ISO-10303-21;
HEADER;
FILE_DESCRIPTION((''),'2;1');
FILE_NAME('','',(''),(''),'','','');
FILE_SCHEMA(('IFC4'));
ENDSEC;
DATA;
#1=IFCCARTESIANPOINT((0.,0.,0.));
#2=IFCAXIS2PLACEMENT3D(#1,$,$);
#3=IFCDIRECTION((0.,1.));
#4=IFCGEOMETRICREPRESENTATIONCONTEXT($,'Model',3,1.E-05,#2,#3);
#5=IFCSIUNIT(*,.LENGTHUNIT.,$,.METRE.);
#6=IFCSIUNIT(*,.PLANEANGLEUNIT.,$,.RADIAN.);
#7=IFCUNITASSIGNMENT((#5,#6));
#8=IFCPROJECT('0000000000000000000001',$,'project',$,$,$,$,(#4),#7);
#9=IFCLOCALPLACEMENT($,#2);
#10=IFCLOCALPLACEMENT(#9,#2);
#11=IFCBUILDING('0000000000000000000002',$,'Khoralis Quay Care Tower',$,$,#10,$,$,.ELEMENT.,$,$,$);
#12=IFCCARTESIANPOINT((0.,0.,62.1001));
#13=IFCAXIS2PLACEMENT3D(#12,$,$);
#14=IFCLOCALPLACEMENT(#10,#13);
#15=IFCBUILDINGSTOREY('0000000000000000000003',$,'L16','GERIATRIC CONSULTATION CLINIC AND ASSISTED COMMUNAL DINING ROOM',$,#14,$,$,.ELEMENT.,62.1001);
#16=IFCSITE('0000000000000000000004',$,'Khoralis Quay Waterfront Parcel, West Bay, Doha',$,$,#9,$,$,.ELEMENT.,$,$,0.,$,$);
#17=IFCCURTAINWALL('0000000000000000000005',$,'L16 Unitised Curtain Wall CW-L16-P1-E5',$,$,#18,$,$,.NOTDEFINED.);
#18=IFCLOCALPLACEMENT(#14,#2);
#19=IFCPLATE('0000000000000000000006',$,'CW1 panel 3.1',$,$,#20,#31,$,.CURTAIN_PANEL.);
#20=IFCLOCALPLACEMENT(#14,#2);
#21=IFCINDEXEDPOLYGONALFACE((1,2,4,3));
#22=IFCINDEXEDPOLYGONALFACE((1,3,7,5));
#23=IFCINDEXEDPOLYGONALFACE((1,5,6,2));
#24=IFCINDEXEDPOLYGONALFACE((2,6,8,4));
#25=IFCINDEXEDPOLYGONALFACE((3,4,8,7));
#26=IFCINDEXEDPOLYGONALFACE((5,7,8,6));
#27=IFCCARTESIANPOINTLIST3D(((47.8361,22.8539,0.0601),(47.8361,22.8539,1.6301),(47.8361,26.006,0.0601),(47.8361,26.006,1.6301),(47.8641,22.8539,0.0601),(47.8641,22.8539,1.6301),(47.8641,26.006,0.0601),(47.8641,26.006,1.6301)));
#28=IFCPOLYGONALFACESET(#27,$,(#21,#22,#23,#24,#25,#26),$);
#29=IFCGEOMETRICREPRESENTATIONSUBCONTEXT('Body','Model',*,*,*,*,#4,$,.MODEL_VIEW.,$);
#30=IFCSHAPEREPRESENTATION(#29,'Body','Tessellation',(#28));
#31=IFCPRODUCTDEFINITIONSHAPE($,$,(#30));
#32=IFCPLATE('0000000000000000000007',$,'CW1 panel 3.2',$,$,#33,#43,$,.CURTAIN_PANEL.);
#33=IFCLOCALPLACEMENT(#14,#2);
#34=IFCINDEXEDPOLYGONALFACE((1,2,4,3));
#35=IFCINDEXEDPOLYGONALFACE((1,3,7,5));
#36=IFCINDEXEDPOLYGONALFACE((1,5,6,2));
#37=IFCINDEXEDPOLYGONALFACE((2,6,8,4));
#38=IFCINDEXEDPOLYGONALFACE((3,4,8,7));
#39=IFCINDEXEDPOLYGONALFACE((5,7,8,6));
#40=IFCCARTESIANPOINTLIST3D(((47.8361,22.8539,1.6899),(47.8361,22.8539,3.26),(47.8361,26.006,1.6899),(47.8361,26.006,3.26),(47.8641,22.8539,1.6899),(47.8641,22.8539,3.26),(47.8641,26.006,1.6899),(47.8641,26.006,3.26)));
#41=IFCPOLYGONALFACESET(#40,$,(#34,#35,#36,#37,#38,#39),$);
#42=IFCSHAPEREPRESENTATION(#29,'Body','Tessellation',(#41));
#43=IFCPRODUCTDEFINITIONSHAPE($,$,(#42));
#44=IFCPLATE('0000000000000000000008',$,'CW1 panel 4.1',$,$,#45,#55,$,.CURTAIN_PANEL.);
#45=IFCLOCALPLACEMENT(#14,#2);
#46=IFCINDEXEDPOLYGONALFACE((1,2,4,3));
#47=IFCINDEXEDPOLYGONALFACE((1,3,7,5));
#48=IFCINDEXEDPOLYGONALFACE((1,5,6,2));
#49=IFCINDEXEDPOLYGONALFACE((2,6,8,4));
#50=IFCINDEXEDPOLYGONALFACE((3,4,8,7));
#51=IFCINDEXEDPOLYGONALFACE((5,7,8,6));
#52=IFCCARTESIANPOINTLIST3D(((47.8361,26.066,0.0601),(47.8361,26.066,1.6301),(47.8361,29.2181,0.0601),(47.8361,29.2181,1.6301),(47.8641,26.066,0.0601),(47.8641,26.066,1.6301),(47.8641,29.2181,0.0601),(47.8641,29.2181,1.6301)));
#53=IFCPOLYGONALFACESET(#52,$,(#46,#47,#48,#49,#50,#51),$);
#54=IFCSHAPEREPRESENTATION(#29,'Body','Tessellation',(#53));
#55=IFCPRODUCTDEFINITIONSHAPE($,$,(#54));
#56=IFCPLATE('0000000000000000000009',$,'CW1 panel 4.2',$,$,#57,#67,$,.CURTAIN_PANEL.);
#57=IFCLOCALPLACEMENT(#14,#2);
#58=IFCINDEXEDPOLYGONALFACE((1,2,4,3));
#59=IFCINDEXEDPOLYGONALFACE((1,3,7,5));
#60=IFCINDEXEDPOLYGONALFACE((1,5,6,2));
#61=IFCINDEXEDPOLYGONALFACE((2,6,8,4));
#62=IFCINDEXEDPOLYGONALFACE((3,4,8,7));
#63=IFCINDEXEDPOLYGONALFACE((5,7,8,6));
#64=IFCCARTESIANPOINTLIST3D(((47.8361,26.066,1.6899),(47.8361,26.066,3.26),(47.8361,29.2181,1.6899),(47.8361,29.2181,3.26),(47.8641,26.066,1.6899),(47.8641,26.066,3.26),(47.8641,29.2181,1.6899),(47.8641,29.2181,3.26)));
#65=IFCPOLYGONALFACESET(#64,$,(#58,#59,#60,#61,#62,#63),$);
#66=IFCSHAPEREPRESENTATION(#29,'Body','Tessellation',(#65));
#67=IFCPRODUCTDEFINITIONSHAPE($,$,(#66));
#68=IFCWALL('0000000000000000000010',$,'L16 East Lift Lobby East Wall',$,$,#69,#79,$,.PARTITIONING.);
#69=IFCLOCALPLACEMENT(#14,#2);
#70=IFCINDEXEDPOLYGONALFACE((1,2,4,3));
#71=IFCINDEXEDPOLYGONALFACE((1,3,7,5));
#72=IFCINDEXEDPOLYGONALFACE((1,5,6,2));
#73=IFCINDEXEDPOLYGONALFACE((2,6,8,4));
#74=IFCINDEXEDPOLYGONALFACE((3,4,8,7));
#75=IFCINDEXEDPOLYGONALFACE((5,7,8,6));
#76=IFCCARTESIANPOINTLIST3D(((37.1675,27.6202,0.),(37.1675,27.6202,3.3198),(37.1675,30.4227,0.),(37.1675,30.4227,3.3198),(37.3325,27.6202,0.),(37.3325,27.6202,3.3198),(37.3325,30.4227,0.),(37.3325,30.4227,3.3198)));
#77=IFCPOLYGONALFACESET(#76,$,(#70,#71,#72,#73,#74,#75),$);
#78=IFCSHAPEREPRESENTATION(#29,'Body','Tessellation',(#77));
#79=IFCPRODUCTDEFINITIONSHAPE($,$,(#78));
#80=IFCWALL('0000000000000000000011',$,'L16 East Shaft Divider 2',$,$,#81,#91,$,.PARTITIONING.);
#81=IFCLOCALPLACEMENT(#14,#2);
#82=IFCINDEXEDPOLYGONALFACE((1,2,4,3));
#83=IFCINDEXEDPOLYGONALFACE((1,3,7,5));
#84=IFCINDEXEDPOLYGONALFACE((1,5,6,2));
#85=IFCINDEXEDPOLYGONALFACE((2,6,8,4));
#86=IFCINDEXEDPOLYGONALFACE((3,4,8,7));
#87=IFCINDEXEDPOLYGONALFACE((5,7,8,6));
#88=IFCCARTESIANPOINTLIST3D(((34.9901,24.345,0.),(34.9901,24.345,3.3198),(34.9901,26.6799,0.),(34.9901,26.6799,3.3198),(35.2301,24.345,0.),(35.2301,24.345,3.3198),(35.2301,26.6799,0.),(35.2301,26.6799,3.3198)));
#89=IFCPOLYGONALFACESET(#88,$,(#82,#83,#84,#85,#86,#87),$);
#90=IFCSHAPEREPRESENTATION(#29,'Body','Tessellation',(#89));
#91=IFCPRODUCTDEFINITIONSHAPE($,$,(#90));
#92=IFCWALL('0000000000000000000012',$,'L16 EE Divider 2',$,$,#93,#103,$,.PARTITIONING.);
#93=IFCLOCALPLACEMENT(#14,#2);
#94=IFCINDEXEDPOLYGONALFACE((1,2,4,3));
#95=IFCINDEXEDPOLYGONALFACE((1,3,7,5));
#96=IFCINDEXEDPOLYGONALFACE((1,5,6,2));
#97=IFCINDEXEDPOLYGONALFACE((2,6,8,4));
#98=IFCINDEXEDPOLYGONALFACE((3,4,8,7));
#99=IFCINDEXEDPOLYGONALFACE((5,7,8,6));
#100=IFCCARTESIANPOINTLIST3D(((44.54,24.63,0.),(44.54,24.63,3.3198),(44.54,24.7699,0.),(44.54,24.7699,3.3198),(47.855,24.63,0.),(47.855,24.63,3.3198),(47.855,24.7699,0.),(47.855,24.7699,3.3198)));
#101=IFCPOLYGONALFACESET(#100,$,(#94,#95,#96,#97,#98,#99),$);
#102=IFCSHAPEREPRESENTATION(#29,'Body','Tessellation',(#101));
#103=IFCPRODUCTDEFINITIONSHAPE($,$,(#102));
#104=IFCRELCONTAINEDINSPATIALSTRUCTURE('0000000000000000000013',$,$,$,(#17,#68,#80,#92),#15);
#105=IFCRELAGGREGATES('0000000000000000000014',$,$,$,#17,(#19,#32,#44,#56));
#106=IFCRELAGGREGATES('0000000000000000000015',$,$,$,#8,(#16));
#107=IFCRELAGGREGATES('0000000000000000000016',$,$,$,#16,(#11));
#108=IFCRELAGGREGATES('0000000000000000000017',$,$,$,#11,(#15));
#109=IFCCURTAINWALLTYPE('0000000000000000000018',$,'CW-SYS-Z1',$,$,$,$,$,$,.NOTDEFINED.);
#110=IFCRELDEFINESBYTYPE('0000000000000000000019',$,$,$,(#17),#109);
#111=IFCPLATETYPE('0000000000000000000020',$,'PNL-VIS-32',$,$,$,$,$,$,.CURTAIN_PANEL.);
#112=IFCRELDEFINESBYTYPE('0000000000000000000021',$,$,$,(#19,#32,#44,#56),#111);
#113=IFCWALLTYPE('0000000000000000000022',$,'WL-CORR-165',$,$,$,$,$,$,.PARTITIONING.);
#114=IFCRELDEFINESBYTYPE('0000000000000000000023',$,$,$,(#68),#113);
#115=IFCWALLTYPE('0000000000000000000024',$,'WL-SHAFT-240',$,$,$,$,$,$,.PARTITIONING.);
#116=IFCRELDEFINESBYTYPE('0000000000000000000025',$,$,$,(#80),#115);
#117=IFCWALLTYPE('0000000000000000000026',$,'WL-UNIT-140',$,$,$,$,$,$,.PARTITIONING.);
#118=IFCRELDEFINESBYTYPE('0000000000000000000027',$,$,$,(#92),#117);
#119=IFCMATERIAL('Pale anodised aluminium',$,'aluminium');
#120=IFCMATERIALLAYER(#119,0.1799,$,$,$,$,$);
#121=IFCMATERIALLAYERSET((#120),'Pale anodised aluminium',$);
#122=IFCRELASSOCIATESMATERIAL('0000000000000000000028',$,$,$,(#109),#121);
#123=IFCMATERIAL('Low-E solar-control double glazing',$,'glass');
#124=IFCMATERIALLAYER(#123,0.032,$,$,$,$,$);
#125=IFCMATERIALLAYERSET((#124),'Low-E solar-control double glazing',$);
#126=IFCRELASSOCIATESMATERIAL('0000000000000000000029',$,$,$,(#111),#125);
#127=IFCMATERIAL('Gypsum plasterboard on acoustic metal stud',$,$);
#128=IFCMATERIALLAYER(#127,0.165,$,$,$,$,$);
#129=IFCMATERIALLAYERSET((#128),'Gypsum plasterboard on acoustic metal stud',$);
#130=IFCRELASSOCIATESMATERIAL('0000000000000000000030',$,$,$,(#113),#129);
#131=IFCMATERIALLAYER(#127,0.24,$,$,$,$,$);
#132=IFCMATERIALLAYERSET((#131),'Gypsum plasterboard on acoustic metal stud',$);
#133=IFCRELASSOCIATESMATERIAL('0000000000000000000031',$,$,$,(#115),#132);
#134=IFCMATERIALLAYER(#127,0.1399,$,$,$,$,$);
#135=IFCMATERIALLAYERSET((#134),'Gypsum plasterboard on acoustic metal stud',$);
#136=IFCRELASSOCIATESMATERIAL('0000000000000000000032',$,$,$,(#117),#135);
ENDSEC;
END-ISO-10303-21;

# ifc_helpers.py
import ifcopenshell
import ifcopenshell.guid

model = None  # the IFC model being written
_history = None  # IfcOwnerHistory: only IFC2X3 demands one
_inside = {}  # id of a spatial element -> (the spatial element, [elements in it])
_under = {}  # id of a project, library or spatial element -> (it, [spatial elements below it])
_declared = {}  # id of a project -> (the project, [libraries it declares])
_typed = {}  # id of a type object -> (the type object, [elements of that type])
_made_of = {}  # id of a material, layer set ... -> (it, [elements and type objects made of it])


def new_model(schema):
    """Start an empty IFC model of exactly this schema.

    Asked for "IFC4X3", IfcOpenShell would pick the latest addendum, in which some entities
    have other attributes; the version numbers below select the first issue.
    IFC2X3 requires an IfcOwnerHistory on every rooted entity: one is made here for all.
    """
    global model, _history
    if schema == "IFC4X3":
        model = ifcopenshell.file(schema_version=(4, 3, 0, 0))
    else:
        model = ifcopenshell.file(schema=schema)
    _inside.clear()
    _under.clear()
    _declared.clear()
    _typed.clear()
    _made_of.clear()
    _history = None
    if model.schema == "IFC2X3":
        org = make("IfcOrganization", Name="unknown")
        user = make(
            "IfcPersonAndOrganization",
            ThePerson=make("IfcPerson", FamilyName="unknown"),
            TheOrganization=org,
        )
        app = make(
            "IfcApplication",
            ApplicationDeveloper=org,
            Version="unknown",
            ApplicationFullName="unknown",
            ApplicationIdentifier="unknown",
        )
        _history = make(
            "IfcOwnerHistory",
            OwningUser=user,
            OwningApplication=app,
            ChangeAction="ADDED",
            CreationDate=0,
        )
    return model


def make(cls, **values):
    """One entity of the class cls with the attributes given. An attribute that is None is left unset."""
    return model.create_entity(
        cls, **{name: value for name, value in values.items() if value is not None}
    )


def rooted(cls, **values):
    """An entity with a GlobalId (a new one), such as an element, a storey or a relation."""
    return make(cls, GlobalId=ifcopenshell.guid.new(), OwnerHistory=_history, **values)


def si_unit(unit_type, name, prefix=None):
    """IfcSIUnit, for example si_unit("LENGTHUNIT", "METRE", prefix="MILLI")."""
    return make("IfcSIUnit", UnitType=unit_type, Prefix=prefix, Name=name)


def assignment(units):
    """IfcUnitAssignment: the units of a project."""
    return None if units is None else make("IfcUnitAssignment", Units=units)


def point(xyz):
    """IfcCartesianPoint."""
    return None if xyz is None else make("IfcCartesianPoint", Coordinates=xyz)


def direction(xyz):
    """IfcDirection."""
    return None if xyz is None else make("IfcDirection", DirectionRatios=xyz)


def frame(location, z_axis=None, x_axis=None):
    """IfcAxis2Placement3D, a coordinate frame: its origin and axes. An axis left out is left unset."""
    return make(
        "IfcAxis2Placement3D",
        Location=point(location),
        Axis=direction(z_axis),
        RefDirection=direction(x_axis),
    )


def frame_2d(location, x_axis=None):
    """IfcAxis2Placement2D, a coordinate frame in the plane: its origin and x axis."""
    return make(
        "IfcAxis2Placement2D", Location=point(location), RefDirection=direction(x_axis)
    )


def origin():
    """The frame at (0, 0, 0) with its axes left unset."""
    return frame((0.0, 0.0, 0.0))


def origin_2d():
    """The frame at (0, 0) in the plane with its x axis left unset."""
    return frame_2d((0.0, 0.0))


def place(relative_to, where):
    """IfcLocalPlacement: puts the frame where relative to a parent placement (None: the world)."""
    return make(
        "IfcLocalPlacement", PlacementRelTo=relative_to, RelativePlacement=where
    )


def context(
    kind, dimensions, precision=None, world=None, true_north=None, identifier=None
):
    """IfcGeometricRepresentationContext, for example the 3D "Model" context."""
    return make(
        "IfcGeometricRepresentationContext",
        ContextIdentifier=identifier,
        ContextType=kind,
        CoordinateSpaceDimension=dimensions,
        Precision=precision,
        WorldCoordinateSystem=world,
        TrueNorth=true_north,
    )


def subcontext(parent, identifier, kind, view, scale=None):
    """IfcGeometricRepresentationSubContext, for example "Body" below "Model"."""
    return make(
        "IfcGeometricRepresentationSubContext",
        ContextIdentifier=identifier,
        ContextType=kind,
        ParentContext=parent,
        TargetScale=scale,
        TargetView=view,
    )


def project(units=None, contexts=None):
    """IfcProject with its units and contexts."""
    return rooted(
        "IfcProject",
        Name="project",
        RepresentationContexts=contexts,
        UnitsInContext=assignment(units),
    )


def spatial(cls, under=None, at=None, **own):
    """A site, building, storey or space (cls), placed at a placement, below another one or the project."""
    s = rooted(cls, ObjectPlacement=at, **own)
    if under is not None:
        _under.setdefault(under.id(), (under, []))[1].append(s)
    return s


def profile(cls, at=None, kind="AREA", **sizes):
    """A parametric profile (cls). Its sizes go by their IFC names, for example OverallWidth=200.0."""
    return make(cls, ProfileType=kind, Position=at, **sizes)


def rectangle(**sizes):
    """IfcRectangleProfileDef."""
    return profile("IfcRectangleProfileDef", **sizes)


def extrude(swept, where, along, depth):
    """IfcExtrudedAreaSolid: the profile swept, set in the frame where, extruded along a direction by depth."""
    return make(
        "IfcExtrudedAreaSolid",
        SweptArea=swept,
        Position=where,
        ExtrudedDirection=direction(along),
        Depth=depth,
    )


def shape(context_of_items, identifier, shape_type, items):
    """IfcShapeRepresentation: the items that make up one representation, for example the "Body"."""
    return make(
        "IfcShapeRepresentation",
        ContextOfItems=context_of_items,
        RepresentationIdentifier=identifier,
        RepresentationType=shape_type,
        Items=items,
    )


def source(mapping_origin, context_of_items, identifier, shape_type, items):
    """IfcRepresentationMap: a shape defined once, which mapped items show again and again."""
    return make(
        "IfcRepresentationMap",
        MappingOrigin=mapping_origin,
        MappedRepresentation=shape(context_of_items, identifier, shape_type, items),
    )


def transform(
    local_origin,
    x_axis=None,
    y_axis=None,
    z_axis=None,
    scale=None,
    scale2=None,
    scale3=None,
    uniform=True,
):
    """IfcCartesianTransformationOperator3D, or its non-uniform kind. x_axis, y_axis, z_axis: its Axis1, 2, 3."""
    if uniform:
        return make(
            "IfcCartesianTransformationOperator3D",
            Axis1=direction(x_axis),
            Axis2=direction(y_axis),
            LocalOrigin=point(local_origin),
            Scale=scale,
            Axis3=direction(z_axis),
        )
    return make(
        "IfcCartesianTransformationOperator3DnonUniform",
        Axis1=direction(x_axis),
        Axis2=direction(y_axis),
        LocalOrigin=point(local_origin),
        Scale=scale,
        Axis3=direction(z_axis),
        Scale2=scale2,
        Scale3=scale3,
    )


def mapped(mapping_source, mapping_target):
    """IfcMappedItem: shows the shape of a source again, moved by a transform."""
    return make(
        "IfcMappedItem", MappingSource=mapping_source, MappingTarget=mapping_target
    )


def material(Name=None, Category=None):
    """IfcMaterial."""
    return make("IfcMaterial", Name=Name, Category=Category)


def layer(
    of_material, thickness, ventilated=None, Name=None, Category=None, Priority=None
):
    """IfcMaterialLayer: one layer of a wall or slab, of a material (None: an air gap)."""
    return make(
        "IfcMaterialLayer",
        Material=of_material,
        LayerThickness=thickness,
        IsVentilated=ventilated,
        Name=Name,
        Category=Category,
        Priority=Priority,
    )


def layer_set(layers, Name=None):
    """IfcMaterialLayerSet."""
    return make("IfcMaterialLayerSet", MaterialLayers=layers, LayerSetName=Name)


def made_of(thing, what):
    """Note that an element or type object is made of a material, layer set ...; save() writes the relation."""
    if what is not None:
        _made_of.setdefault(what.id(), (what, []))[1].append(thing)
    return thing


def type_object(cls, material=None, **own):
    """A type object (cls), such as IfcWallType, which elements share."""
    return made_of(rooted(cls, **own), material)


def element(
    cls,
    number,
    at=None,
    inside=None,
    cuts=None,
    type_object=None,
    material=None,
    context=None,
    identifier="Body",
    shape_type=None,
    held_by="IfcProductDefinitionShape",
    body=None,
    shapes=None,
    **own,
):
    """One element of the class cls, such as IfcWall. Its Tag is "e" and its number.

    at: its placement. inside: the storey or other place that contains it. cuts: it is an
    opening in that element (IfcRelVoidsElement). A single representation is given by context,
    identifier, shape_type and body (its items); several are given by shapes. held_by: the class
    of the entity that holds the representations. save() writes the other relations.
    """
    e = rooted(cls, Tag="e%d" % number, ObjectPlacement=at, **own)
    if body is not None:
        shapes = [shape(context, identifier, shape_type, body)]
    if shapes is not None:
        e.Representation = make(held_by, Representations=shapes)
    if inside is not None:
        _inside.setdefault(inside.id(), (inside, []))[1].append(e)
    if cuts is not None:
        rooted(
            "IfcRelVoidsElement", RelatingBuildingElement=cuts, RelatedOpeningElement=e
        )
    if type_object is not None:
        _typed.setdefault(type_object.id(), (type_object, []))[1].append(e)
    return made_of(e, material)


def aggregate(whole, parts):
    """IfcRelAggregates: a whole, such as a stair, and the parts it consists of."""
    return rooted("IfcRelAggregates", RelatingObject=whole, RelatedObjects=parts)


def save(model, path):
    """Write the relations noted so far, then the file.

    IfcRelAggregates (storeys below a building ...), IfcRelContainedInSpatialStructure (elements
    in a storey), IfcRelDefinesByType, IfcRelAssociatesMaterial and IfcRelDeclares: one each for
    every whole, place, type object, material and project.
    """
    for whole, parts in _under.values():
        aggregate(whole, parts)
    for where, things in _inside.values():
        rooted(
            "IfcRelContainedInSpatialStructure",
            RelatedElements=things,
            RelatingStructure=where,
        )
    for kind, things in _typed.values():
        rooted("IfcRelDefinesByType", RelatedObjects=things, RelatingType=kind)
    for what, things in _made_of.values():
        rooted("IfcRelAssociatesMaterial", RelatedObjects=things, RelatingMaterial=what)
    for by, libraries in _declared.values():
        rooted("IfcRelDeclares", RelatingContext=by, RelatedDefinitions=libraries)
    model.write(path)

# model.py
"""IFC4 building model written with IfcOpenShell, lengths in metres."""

from ifc_helpers import new_model, si_unit, direction, frame, frame_2d, origin, origin_2d, place, context, subcontext, project, spatial, rectangle, extrude, source, transform, mapped, material, layer, layer_set, type_object, element, aggregate, save


model = new_model("IFC4")

# Units and contexts
model_context = context("Model", 3, precision=1e-05, world=origin(), true_north=direction((0.0, 1.0)))
body_context = subcontext(model_context, "Body", "Model", "MODEL_VIEW")
ifc_project = project(units=[si_unit("LENGTHUNIT", "METRE"), si_unit("PLANEANGLEUNIT", "RADIAN")], contexts=[model_context])

# Site, building, storey
site_placement = place(None, origin())
site = spatial("IfcSite", under=ifc_project, at=site_placement, Name="Khoralis Quay Waterfront Parcel, West Bay, Doha", CompositionType="ELEMENT", RefElevation=0.0)
building_placement = place(site_placement, origin())
building = spatial("IfcBuilding", under=site, at=building_placement, Name="Khoralis Quay Care Tower", CompositionType="ELEMENT")
storey_placement = place(building_placement, frame((0.0, 0.0, 62.1001)))
storey = spatial("IfcBuildingStorey", under=building, at=storey_placement, Name="L16", Description="GERIATRIC CONSULTATION CLINIC AND ASSISTED COMMUNAL DINING ROOM", CompositionType="ELEMENT", Elevation=62.1001)

# Curtain wall, plates
ifc_material_1 = material(Name="Pale anodised aluminium", Category="aluminium")
ifc_layer_1 = layer(ifc_material_1, 0.1799)
ifc_layer_set_1 = layer_set([ifc_layer_1], Name="Pale anodised aluminium")
curtain_wall_type = type_object("IfcCurtainWallType", Name="CW-SYS-Z1", PredefinedType="NOTDEFINED", material=ifc_layer_set_1)
curtain_wall_placement = place(storey_placement, origin())
curtain_wall = element("IfcCurtainWall", 1, at=curtain_wall_placement, inside=storey, type_object=curtain_wall_type, Name="L16 Unitised Curtain Wall CW-L16-P1-E5", PredefinedType="NOTDEFINED")
ifc_material_2 = material(Name="Low-E solar-control double glazing", Category="glass")
ifc_layer_2 = layer(ifc_material_2, 0.032)
ifc_layer_set_2 = layer_set([ifc_layer_2], Name="Low-E solar-control double glazing")
plate_type = type_object("IfcPlateType", Name="PNL-VIS-32", PredefinedType="CURTAIN_PANEL", material=ifc_layer_set_2)
shared_shape_1 = source(origin(), body_context, "Body", "SweptSolid", [
    extrude(rectangle(XDim=3.1521, YDim=0.0281, at=origin_2d()), origin(), (0.0, 0.0, 1.0), 1.5701),
])
plate_1_placement = place(storey_placement, frame((47.8501, 24.4299, 0.0601), z_axis=(0.0, 0.0, 1.0), x_axis=(0.0, 1.0, 0.0)))
plate_1 = element("IfcPlate", 2, at=plate_1_placement, type_object=plate_type, Name="CW1 panel 3.1", PredefinedType="CURTAIN_PANEL", context=body_context, shape_type="MappedRepresentation", body=[
    mapped(shared_shape_1, transform((0.0, 0.0, 0.0), scale=1.0)),
])
plate_2_placement = place(storey_placement, frame((47.8501, 24.4299, 1.6899), z_axis=(0.0, 0.0, 1.0), x_axis=(0.0, 1.0, 0.0)))
plate_2 = element("IfcPlate", 3, at=plate_2_placement, type_object=plate_type, Name="CW1 panel 3.2", PredefinedType="CURTAIN_PANEL", context=body_context, shape_type="MappedRepresentation", body=[
    mapped(shared_shape_1, transform((0.0, 0.0, 0.0), scale=1.0)),
])
plate_3_placement = place(storey_placement, frame((47.8501, 27.6421, 0.0601), z_axis=(0.0, 0.0, 1.0), x_axis=(0.0, 1.0, 0.0)))
plate_3 = element("IfcPlate", 4, at=plate_3_placement, type_object=plate_type, Name="CW1 panel 4.1", PredefinedType="CURTAIN_PANEL", context=body_context, shape_type="MappedRepresentation", body=[
    mapped(shared_shape_1, transform((0.0, 0.0, 0.0), scale=1.0)),
])
plate_4_placement = place(storey_placement, frame((47.8501, 27.6421, 1.6899), z_axis=(0.0, 0.0, 1.0), x_axis=(0.0, 1.0, 0.0)))
plate_4 = element("IfcPlate", 5, at=plate_4_placement, type_object=plate_type, Name="CW1 panel 4.2", PredefinedType="CURTAIN_PANEL", context=body_context, shape_type="MappedRepresentation", body=[
    mapped(shared_shape_1, transform((0.0, 0.0, 0.0), scale=1.0)),
])
aggregate(curtain_wall, [plate_1, plate_2, plate_3, plate_4])

# Walls
ifc_material_3 = material(Name="Gypsum plasterboard on acoustic metal stud")
ifc_layer_3 = layer(ifc_material_3, 0.165)
ifc_layer_set_3 = layer_set([ifc_layer_3], Name="Gypsum plasterboard on acoustic metal stud")
wall_type_1 = type_object("IfcWallType", Name="WL-CORR-165", PredefinedType="PARTITIONING", material=ifc_layer_set_3)
wall_1_placement = place(storey_placement, frame((37.25, 27.6201, 0.0), z_axis=(0.0, 0.0, 1.0), x_axis=(0.0, 1.0, 0.0)))
element("IfcWall", 6, at=wall_1_placement, inside=storey, type_object=wall_type_1, Name="L16 East Lift Lobby East Wall", PredefinedType="PARTITIONING", context=body_context, shape_type="SweptSolid", body=[
    extrude(rectangle(XDim=2.8025, YDim=0.165, at=frame_2d((1.4014, 0.0))), origin(), (0.0, 0.0, 1.0), 3.3198),
])
ifc_layer_4 = layer(ifc_material_3, 0.24)
ifc_layer_set_4 = layer_set([ifc_layer_4], Name="Gypsum plasterboard on acoustic metal stud")
wall_type_2 = type_object("IfcWallType", Name="WL-SHAFT-240", PredefinedType="PARTITIONING", material=ifc_layer_set_4)
wall_2_placement = place(storey_placement, frame((35.1101, 24.345, 0.0), z_axis=(0.0, 0.0, 1.0), x_axis=(0.0, 1.0, 0.0)))
element("IfcWall", 7, at=wall_2_placement, inside=storey, type_object=wall_type_2, Name="L16 East Shaft Divider 2", PredefinedType="PARTITIONING", context=body_context, shape_type="SweptSolid", body=[
    extrude(rectangle(XDim=2.335, YDim=0.24, at=frame_2d((1.1675, 0.0))), origin(), (0.0, 0.0, 1.0), 3.3198),
])
ifc_layer_5 = layer(ifc_material_3, 0.1399)
ifc_layer_set_5 = layer_set([ifc_layer_5], Name="Gypsum plasterboard on acoustic metal stud")
wall_type_3 = type_object("IfcWallType", Name="WL-UNIT-140", PredefinedType="PARTITIONING", material=ifc_layer_set_5)
wall_3_placement = place(storey_placement, frame((44.54, 24.7, 0.0), z_axis=(0.0, 0.0, 1.0), x_axis=(1.0, 0.0, 0.0)))
element("IfcWall", 8, at=wall_3_placement, inside=storey, type_object=wall_type_3, Name="L16 EE Divider 2", PredefinedType="PARTITIONING", context=body_context, shape_type="SweptSolid", body=[
    extrude(rectangle(XDim=3.3149, YDim=0.1399, at=frame_2d((1.6575, 0.0))), origin(), (0.0, 0.0, 1.0), 3.3198),
])

save(model, "model.ifc")
